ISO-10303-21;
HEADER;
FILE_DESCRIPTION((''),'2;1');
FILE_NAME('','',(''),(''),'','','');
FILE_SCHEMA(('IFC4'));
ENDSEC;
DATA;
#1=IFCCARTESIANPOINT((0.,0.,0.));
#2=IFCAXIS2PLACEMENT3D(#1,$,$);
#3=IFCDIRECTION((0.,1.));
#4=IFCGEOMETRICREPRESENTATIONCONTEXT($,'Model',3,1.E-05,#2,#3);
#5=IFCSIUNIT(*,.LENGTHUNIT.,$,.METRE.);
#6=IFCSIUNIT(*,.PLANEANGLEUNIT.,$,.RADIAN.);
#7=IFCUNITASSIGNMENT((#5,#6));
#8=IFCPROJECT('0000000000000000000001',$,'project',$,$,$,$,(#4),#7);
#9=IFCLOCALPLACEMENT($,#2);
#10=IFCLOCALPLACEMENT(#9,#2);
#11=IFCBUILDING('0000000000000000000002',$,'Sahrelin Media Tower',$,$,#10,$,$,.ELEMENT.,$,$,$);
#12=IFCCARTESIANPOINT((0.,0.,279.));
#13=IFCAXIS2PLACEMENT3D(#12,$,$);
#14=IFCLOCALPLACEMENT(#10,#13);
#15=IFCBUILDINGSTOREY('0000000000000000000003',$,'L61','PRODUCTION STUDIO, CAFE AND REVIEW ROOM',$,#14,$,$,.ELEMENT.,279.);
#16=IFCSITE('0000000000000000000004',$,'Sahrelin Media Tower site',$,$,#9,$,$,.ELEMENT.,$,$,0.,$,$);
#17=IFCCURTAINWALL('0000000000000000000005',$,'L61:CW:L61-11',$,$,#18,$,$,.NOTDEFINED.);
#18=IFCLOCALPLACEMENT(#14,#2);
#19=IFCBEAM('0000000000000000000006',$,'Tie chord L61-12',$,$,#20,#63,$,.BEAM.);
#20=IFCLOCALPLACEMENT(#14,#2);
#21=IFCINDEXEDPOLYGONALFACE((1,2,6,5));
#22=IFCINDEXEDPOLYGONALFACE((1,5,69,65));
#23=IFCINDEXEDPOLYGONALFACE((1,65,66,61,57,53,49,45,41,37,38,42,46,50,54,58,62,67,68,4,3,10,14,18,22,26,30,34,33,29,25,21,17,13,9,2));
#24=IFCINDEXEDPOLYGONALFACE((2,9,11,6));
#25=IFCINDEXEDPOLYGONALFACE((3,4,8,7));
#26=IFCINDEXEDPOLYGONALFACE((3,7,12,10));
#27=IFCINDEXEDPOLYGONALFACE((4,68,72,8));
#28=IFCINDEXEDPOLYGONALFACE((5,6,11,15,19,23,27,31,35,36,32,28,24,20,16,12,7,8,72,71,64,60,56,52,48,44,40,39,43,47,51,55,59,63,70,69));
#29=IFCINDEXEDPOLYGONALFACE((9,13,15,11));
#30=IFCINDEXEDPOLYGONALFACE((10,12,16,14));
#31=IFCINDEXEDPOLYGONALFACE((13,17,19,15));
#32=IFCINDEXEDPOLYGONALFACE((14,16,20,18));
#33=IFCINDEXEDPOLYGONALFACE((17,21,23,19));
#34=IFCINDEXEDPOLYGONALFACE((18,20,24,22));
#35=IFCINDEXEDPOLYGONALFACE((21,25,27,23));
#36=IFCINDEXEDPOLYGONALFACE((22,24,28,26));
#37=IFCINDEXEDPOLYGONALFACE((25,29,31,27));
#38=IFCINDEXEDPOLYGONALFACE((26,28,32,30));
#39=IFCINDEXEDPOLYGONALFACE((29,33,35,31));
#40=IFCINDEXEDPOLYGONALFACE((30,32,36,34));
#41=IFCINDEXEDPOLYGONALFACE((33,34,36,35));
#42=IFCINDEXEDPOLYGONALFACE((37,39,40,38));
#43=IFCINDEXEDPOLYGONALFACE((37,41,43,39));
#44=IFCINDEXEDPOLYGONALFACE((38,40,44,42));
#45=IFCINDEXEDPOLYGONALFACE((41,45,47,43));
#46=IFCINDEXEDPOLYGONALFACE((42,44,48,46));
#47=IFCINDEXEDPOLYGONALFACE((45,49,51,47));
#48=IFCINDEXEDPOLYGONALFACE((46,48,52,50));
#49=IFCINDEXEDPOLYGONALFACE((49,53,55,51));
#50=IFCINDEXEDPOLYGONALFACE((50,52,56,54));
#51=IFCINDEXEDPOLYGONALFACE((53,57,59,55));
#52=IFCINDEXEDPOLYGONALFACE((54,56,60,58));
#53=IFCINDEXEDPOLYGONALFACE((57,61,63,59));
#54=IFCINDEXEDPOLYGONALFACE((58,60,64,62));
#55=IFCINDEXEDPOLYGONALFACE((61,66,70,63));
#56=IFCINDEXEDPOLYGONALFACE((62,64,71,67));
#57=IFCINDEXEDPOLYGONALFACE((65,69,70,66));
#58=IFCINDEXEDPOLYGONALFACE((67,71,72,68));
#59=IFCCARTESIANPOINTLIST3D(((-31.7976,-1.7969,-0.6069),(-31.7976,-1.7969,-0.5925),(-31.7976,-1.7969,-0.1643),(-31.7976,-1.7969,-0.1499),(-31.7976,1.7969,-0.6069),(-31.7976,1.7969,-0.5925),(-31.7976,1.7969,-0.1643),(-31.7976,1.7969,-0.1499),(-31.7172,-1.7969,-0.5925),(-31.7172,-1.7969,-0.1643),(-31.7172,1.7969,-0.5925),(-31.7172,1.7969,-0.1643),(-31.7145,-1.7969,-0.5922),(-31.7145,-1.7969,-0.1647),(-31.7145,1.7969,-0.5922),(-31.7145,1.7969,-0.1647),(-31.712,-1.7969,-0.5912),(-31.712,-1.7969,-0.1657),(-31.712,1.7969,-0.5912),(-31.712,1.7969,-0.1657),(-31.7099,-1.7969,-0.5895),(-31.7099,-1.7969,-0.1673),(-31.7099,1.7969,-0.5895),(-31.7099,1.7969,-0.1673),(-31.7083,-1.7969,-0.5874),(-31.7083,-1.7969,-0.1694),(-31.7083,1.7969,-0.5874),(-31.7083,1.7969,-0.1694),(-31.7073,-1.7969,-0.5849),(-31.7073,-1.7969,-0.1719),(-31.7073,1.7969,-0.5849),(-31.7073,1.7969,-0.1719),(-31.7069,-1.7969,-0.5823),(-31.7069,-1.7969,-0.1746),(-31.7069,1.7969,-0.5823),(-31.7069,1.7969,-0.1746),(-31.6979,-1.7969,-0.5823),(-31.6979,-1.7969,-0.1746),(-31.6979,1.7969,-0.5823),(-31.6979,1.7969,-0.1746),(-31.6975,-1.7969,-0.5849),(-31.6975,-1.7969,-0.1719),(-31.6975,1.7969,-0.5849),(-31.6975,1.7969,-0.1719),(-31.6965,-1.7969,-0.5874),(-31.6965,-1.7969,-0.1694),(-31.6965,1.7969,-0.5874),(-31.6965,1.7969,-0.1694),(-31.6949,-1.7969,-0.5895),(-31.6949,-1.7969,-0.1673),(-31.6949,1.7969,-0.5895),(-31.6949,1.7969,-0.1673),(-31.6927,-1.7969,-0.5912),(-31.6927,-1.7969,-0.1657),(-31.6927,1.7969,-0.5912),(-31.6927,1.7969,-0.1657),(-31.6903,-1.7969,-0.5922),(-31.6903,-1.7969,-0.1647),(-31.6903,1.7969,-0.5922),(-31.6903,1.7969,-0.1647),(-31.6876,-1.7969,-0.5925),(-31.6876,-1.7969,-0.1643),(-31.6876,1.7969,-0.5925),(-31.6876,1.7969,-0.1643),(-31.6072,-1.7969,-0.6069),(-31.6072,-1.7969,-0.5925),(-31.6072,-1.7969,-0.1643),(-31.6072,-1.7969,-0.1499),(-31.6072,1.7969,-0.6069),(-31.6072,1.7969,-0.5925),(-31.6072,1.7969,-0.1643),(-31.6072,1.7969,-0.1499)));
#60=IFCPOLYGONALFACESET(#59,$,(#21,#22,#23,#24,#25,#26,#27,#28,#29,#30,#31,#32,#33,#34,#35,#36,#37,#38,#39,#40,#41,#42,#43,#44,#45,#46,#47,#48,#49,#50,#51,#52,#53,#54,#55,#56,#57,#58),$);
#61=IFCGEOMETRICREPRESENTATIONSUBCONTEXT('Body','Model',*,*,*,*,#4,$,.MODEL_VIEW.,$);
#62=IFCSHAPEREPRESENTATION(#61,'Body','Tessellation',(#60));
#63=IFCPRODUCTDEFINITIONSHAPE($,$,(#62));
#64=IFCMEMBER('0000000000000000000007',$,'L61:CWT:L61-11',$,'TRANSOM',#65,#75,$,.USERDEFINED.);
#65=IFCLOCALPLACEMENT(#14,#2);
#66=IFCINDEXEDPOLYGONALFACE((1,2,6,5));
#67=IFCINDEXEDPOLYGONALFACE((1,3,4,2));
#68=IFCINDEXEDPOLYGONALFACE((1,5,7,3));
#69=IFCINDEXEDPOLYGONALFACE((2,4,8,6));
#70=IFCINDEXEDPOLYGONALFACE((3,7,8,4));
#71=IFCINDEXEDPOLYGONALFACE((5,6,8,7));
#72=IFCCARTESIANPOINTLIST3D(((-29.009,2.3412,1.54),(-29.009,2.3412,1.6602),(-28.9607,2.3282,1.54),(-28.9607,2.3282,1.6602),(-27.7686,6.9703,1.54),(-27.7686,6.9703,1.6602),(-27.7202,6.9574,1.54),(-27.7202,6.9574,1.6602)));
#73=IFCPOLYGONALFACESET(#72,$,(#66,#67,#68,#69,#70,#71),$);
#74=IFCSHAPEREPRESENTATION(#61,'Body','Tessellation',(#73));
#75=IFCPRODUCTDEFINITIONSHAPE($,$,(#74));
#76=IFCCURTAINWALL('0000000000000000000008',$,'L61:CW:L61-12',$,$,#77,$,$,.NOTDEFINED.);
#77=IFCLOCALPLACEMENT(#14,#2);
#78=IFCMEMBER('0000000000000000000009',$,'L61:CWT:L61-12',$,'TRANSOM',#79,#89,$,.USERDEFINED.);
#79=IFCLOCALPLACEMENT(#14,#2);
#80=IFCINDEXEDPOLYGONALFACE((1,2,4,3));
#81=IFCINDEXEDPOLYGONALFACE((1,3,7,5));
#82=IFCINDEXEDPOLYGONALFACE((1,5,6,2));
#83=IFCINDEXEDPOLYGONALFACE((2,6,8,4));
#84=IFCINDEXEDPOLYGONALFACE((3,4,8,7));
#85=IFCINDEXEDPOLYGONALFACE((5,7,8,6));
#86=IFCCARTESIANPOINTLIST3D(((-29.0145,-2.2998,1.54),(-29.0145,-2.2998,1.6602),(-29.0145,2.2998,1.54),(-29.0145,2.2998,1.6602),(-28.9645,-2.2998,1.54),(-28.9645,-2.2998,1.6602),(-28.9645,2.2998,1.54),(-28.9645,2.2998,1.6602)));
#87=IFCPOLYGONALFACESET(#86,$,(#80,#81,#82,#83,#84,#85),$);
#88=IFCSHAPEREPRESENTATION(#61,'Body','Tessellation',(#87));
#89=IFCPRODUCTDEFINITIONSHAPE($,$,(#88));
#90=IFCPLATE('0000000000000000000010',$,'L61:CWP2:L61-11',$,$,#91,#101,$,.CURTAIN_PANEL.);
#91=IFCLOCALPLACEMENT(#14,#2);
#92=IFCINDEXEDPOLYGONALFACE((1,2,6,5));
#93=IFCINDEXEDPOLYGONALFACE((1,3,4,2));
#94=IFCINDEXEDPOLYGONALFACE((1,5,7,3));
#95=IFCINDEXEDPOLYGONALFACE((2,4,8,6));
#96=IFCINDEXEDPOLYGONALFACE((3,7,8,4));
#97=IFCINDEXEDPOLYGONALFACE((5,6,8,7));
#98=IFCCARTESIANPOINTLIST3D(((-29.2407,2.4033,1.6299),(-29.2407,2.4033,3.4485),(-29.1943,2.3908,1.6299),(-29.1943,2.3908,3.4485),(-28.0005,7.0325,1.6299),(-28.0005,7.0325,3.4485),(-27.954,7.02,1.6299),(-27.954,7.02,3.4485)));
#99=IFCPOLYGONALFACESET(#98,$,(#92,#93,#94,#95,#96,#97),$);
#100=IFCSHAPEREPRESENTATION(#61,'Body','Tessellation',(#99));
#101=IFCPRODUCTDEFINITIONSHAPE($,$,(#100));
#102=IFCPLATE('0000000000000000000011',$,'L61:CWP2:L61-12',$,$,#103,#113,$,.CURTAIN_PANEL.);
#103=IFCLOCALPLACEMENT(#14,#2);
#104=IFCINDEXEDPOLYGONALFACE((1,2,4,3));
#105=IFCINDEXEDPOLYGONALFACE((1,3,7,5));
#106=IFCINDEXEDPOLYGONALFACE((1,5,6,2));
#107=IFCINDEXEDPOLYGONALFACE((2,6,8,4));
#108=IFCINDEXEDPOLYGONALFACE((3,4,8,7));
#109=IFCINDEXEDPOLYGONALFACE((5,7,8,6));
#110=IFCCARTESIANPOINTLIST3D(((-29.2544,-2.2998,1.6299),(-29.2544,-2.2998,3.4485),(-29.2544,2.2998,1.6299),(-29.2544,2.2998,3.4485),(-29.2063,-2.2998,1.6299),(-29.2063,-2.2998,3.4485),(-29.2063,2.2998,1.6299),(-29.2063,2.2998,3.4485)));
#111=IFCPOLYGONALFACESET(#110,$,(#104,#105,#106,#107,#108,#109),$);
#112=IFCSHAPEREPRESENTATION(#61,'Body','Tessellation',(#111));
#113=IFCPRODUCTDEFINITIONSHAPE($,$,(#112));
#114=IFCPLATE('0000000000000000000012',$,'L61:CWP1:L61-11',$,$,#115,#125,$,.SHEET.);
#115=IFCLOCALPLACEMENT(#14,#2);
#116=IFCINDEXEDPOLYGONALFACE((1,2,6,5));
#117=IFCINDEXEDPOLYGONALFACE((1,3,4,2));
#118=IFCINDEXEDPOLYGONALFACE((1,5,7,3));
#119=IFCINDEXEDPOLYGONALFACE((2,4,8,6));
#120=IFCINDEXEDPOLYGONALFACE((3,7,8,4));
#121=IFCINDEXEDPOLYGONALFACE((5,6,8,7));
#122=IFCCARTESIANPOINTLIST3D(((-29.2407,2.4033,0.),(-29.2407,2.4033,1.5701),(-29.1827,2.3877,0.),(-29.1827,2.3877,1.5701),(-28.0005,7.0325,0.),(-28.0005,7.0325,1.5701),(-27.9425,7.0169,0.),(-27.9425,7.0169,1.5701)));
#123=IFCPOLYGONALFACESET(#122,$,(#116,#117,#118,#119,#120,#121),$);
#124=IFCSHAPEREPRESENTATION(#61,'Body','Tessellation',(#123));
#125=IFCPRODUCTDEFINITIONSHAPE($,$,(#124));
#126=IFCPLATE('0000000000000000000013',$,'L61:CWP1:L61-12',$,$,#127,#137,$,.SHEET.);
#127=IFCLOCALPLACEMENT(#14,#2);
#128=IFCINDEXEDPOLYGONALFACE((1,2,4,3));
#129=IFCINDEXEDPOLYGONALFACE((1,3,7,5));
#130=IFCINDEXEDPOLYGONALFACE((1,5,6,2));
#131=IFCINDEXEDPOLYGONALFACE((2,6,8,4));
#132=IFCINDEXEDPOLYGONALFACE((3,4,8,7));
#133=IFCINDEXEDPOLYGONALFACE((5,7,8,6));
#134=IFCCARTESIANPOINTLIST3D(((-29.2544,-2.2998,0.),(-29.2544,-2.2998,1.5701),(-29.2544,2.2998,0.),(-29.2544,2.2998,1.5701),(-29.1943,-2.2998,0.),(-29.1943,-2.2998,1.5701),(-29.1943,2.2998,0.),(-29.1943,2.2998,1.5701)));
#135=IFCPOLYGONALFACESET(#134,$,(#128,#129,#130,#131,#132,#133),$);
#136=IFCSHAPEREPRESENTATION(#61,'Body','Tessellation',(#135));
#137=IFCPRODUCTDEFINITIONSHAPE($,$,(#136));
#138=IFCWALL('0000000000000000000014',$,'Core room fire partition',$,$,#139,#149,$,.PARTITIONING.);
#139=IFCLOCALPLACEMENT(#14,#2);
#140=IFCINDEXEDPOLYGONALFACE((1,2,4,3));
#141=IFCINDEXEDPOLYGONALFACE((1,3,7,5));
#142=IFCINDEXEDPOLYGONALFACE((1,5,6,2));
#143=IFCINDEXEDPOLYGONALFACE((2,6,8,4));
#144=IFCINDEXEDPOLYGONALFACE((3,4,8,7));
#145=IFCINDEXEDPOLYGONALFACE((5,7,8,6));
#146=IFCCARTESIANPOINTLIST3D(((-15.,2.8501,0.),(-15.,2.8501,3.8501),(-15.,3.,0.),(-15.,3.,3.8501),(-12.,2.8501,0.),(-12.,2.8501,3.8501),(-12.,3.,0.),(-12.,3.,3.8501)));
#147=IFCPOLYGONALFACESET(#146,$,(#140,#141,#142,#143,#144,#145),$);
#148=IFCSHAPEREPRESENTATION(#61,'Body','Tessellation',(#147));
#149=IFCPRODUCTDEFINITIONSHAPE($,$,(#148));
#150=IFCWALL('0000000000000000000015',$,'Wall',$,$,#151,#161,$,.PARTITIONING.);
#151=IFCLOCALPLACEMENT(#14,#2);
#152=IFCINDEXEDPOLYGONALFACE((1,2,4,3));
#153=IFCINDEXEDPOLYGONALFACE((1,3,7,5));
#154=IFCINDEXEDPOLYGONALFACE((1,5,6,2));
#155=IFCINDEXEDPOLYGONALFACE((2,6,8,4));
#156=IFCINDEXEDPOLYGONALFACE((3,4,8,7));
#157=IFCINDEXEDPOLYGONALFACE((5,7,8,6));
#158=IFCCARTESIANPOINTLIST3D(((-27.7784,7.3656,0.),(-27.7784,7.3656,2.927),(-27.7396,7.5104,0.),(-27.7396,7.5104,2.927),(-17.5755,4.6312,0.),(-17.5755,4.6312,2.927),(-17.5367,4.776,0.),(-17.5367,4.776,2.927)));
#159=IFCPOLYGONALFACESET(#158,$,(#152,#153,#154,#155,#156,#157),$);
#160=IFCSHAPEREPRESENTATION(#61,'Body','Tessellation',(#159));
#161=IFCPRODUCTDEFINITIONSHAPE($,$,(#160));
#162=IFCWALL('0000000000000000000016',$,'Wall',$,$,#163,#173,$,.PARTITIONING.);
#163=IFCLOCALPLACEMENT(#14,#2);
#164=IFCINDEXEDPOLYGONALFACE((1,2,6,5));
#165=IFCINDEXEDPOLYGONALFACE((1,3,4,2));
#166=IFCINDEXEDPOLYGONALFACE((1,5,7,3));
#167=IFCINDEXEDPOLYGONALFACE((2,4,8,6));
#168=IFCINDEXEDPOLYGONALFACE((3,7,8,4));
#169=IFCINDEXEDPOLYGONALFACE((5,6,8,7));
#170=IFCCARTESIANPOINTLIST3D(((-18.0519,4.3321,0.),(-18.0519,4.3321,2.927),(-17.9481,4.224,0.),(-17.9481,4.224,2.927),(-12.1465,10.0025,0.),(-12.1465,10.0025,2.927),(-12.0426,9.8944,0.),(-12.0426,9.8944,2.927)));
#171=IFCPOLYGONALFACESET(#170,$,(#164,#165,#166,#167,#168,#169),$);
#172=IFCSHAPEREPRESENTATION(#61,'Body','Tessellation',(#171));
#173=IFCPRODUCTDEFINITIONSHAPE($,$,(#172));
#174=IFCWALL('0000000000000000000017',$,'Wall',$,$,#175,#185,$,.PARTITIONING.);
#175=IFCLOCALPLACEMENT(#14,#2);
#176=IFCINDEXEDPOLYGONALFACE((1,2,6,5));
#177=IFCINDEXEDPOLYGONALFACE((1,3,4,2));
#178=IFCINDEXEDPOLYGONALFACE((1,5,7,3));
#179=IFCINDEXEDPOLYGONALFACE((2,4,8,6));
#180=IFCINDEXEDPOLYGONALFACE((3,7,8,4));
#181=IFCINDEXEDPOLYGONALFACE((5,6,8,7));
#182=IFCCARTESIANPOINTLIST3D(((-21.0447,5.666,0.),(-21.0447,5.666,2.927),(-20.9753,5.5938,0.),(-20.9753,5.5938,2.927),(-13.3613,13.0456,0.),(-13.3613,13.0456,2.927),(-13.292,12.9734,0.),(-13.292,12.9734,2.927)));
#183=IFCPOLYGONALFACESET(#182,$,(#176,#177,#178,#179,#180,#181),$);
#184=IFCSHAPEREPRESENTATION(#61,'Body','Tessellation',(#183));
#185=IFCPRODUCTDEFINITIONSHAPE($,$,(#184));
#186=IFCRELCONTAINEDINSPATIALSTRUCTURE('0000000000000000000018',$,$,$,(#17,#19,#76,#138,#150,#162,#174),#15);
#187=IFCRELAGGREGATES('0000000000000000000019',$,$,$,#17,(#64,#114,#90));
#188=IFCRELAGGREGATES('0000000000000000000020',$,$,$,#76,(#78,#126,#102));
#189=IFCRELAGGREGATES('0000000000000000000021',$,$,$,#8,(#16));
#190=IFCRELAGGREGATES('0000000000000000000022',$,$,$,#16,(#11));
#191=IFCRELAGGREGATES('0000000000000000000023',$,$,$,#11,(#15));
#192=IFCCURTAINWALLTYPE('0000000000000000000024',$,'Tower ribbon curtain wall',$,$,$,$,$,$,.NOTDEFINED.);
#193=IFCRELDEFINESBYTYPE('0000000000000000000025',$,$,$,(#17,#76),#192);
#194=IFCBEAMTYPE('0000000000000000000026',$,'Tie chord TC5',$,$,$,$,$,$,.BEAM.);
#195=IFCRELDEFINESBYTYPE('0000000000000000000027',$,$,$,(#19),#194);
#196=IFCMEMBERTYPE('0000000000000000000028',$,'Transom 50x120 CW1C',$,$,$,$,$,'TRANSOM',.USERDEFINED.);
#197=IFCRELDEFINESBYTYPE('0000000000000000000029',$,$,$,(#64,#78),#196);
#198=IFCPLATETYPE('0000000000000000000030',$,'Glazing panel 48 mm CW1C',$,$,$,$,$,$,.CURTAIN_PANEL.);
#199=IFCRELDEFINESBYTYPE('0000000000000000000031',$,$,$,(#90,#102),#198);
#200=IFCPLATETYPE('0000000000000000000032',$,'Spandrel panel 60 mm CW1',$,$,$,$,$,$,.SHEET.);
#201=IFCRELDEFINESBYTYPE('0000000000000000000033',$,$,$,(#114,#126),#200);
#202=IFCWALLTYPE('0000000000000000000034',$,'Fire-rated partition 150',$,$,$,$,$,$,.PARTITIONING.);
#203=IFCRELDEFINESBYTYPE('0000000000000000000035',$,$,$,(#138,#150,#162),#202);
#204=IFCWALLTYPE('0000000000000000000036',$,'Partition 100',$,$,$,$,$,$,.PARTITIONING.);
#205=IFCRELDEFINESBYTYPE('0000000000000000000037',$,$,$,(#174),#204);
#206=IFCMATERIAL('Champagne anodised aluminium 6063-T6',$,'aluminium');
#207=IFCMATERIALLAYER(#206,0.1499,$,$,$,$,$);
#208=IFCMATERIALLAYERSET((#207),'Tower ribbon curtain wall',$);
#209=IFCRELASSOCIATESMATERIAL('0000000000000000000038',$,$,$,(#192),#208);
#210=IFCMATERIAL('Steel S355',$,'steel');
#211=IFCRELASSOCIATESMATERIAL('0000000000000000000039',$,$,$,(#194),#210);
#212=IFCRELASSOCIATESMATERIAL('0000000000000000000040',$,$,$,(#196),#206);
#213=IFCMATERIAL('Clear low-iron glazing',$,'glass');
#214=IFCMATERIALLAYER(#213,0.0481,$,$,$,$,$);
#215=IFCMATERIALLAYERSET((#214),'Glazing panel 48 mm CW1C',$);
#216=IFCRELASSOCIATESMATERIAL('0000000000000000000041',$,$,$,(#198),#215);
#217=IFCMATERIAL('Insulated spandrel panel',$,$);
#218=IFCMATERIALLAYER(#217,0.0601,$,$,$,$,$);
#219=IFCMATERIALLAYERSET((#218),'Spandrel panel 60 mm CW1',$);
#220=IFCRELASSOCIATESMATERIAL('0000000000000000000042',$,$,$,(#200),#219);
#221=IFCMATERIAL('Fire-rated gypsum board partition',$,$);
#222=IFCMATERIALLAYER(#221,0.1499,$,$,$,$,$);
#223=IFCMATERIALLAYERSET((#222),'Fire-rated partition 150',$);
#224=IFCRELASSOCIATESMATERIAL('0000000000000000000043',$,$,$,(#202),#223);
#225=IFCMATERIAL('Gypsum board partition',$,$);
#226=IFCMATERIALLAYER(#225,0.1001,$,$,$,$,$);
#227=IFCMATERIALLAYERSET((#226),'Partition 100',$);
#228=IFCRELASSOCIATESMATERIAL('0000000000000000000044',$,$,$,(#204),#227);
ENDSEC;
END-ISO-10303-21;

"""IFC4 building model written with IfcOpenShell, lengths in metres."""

from ifc_helpers import new_model, si_unit, direction, frame, frame_2d, origin, origin_2d, place, context, subcontext, project, spatial, polyline, rectangle, i_section, outline, extrude, material, layer, layer_set, material_profile, profile_set, type_object, element, aggregate, save


model = new_model("IFC4")

# Units and contexts
model_context = context("Model", 3, precision=1e-05, world=origin(), true_north=direction((0.0, 1.0)))
body_context = subcontext(model_context, "Body", "Model", "MODEL_VIEW")
ifc_project = project(units=[si_unit("LENGTHUNIT", "METRE"), si_unit("PLANEANGLEUNIT", "RADIAN")], contexts=[model_context])

# Site, building, storey
site_placement = place(None, origin())
site = spatial("IfcSite", under=ifc_project, at=site_placement, Name="Sahrelin Media Tower site", CompositionType="ELEMENT", RefElevation=0.0)
building_placement = place(site_placement, origin())
building = spatial("IfcBuilding", under=site, at=building_placement, Name="Sahrelin Media Tower", CompositionType="ELEMENT")
storey_placement = place(building_placement, frame((0.0, 0.0, 279.0)))
storey = spatial("IfcBuildingStorey", under=building, at=storey_placement, Name="L61", Description="PRODUCTION STUDIO, CAFE AND REVIEW ROOM", CompositionType="ELEMENT", Elevation=279.0)

# Shared definitions
ifc_material_1 = material(Name="Steel S355", Category="steel")

# Curtain wall
ifc_material_2 = material(Name="Champagne anodised aluminium 6063-T6", Category="aluminium")
ifc_layer_1 = layer(ifc_material_2, 0.1499)
ifc_layer_set_1 = layer_set([ifc_layer_1], Name="Tower ribbon curtain wall")
curtain_wall_type = type_object("IfcCurtainWallType", Name="Tower ribbon curtain wall", PredefinedType="NOTDEFINED", material=ifc_layer_set_1)
curtain_wall_1_placement = place(storey_placement, frame((-28.6013, 4.7126, 0.0), z_axis=(0.0, 0.0, 1.0), x_axis=(1.0, 0.0, 0.0)))
curtain_wall_1 = element("IfcCurtainWall", 1, at=curtain_wall_1_placement, inside=storey, type_object=curtain_wall_type, Name="L61:CW:L61-11", PredefinedType="NOTDEFINED")

# Beam
ifc_material_profile_1 = material_profile(ifc_material_1, i_section(OverallWidth=0.1904, OverallDepth=0.457, WebThickness=0.009, FlangeThickness=0.0144, FilletRadius=0.0103, at=origin_2d()), Name="UB 457x191x74")
ifc_profile_set_1 = profile_set([ifc_material_profile_1], Name="Steel S355")
beam_type_1 = type_object("IfcBeamType", Name="Tie chord TC5", PredefinedType="BEAM", material=ifc_profile_set_1)
beam_1_placement = place(storey_placement, frame((-31.7024, 1.7969, -0.3784), z_axis=(0.0, -1.0, 0.0), x_axis=(1.0, 0.0, 0.0)))
element("IfcBeam", 2, at=beam_1_placement, inside=storey, type_object=beam_type_1, Name="Tie chord L61-12", PredefinedType="BEAM", context=body_context, shape_type="SweptSolid", body=[
    extrude(i_section(OverallWidth=0.1904, OverallDepth=0.457, WebThickness=0.009, FlangeThickness=0.0144, FilletRadius=0.0103, at=origin_2d()), origin(), (0.0, 0.0, 1.0), 3.5938),
])

# Member
ifc_material_profile_2 = material_profile(ifc_material_2, rectangle(XDim=0.05, YDim=0.1201, at=origin_2d()), Name="Transom 50x120")
ifc_profile_set_2 = profile_set([ifc_material_profile_2], Name="Champagne anodised aluminium 6063-T6")
member_type_1 = type_object("IfcMemberType", Name="Transom 50x120 CW1C", ElementType="TRANSOM", PredefinedType="USERDEFINED", material=ifc_profile_set_2)
member_1_placement = place(storey_placement, frame((-27.7444, 6.9639, 1.6001), z_axis=(-0.258839, -0.965921, 0.0), x_axis=(0.965921, -0.258839, 0.0)))
member_1 = element("IfcMember", 3, at=member_1_placement, type_object=member_type_1, Name="L61:CWT:L61-11", ObjectType="TRANSOM", PredefinedType="USERDEFINED", context=body_context, shape_type="SweptSolid", body=[
    extrude(rectangle(XDim=0.05, YDim=0.1201, at=origin_2d()), origin(), (0.0, 0.0, 1.0), 4.7925),
])

# Curtain wall, member
curtain_wall_2_placement = place(storey_placement, frame((-29.2344, 0.0, 0.0), z_axis=(0.0, 0.0, 1.0), x_axis=(1.0, 0.0, 0.0)))
curtain_wall_2 = element("IfcCurtainWall", 4, at=curtain_wall_2_placement, inside=storey, type_object=curtain_wall_type, Name="L61:CW:L61-12", PredefinedType="NOTDEFINED")
member_2_placement = place(storey_placement, frame((-28.9895, 2.2998, 1.6001), z_axis=(0.0, -1.0, 0.0), x_axis=(1.0, 0.0, 0.0)))
member_2 = element("IfcMember", 5, at=member_2_placement, type_object=member_type_1, Name="L61:CWT:L61-12", ObjectType="TRANSOM", PredefinedType="USERDEFINED", context=body_context, shape_type="SweptSolid", body=[
    extrude(rectangle(XDim=0.05, YDim=0.1201, at=origin_2d()), origin(), (0.0, 0.0, 1.0), 4.5996),
])

# Plates
ifc_material_3 = material(Name="Clear low-iron glazing", Category="glass")
ifc_layer_2 = layer(ifc_material_3, 0.0481)
ifc_layer_set_2 = layer_set([ifc_layer_2], Name="Glazing panel 48 mm CW1C")
plate_type_1 = type_object("IfcPlateType", Name="Glazing panel 48 mm CW1C", PredefinedType="CURTAIN_PANEL", material=ifc_layer_set_2)
plate_1_placement = place(storey_placement, frame((-28.0005, 7.0325, 1.6299), z_axis=(-0.965933, 0.258791, 0.0), x_axis=(-0.258791, -0.965933, 0.0)))
plate_1 = element("IfcPlate", 6, at=plate_1_placement, type_object=plate_type_1, Name="L61:CWP2:L61-11", PredefinedType="CURTAIN_PANEL", context=body_context, shape_type="SweptSolid", body=[
    extrude(outline(polyline([(0.0, 0.0), (4.7925, 0.0), (4.7925, 1.8186), (0.0, 1.8186), (0.0, 0.0)])), origin(), (0.0, 0.0, -1.0), 0.0481),
])
plate_2_placement = place(storey_placement, frame((-29.2544, 2.2998, 1.6299), z_axis=(-1.0, 0.0, 0.0), x_axis=(0.0, -1.0, 0.0)))
plate_2 = element("IfcPlate", 7, at=plate_2_placement, type_object=plate_type_1, Name="L61:CWP2:L61-12", PredefinedType="CURTAIN_PANEL", context=body_context, shape_type="SweptSolid", body=[
    extrude(outline(polyline([(0.0, 0.0), (4.5996, 0.0), (4.5996, 1.8186), (0.0, 1.8186), (0.0, 0.0)])), origin(), (0.0, 0.0, -1.0), 0.0481),
])
ifc_material_4 = material(Name="Insulated spandrel panel")
ifc_layer_3 = layer(ifc_material_4, 0.0601)
ifc_layer_set_3 = layer_set([ifc_layer_3], Name="Spandrel panel 60 mm CW1")
plate_type_2 = type_object("IfcPlateType", Name="Spandrel panel 60 mm CW1", PredefinedType="SHEET", material=ifc_layer_set_3)
plate_3_placement = place(storey_placement, frame((-28.0005, 7.0325, 0.0), z_axis=(-0.965933, 0.258791, 0.0), x_axis=(-0.258791, -0.965933, 0.0)))
plate_3 = element("IfcPlate", 8, at=plate_3_placement, type_object=plate_type_2, Name="L61:CWP1:L61-11", PredefinedType="SHEET", context=body_context, shape_type="SweptSolid", body=[
    extrude(outline(polyline([(0.0, 0.0), (4.7925, 0.0), (4.7925, 1.5701), (0.0, 1.5701), (0.0, 0.0)])), origin(), (0.0, 0.0, -1.0), 0.0601),
])
aggregate(curtain_wall_1, [member_1, plate_3, plate_1])
plate_4_placement = place(storey_placement, frame((-29.2544, 2.2998, 0.0), z_axis=(-1.0, 0.0, 0.0), x_axis=(0.0, -1.0, 0.0)))
plate_4 = element("IfcPlate", 9, at=plate_4_placement, type_object=plate_type_2, Name="L61:CWP1:L61-12", PredefinedType="SHEET", context=body_context, shape_type="SweptSolid", body=[
    extrude(outline(polyline([(0.0, 0.0), (4.5996, 0.0), (4.5996, 1.5701), (0.0, 1.5701), (0.0, 0.0)])), origin(), (0.0, 0.0, -1.0), 0.0601),
])
aggregate(curtain_wall_2, [member_2, plate_4, plate_2])

# Walls
ifc_material_5 = material(Name="Fire-rated gypsum board partition")
ifc_layer_4 = layer(ifc_material_5, 0.1499)
ifc_layer_set_4 = layer_set([ifc_layer_4], Name="Fire-rated partition 150")
wall_type_1 = type_object("IfcWallType", Name="Fire-rated partition 150", PredefinedType="PARTITIONING", material=ifc_layer_set_4)
wall_1_placement = place(storey_placement, frame((-15.0, 2.925, 0.0), z_axis=(0.0, 0.0, 1.0), x_axis=(1.0, 0.0, 0.0)))
element("IfcWall", 10, at=wall_1_placement, inside=storey, type_object=wall_type_1, Name="Core room fire partition", PredefinedType="PARTITIONING", context=body_context, shape_type="SweptSolid", body=[
    extrude(rectangle(XDim=3.0, YDim=0.1499, at=frame_2d((1.5, 0.0))), origin(), (0.0, 0.0, 1.0), 3.8501),
])
wall_2_placement = place(storey_placement, frame((-27.759, 7.438, 0.0), z_axis=(0.0, 0.0, 1.0), x_axis=(0.965913, -0.258865, 0.0)))
element("IfcWall", 11, at=wall_2_placement, inside=storey, type_object=wall_type_1, Name="Wall", PredefinedType="PARTITIONING", context=body_context, shape_type="SweptSolid", body=[
    extrude(rectangle(XDim=10.563, YDim=0.1499, at=frame_2d((5.2815, 0.0))), origin(), (0.0, 0.0, 1.0), 2.927),
])
wall_3_placement = place(storey_placement, frame((-18.0, 4.2781, 0.0), z_axis=(0.0, 0.0, 1.0), x_axis=(0.721319, 0.692603, 0.0)))
element("IfcWall", 12, at=wall_3_placement, inside=storey, type_object=wall_type_1, Name="Wall", PredefinedType="PARTITIONING", context=body_context, shape_type="SweptSolid", body=[
    extrude(rectangle(XDim=8.187, YDim=0.1499, at=frame_2d((4.0935, 0.0))), origin(), (0.0, 0.0, 1.0), 2.927),
])
ifc_material_6 = material(Name="Gypsum board partition")
ifc_layer_5 = layer(ifc_material_6, 0.1001)
ifc_layer_set_5 = layer_set([ifc_layer_5], Name="Partition 100")
wall_type_2 = type_object("IfcWallType", Name="Partition 100", PredefinedType="PARTITIONING", material=ifc_layer_set_5)
wall_4_placement = place(storey_placement, frame((-21.01, 5.6299, 0.0), z_axis=(0.0, 0.0, 1.0), x_axis=(0.721217, 0.692709, 0.0)))
element("IfcWall", 13, at=wall_4_placement, inside=storey, type_object=wall_type_2, Name="Wall", PredefinedType="PARTITIONING", context=body_context, shape_type="SweptSolid", body=[
    extrude(rectangle(XDim=10.6533, YDim=0.1001, at=frame_2d((5.3267, 0.0))), origin(), (0.0, 0.0, 1.0), 2.927),
])

save(model, "model.ifc")
